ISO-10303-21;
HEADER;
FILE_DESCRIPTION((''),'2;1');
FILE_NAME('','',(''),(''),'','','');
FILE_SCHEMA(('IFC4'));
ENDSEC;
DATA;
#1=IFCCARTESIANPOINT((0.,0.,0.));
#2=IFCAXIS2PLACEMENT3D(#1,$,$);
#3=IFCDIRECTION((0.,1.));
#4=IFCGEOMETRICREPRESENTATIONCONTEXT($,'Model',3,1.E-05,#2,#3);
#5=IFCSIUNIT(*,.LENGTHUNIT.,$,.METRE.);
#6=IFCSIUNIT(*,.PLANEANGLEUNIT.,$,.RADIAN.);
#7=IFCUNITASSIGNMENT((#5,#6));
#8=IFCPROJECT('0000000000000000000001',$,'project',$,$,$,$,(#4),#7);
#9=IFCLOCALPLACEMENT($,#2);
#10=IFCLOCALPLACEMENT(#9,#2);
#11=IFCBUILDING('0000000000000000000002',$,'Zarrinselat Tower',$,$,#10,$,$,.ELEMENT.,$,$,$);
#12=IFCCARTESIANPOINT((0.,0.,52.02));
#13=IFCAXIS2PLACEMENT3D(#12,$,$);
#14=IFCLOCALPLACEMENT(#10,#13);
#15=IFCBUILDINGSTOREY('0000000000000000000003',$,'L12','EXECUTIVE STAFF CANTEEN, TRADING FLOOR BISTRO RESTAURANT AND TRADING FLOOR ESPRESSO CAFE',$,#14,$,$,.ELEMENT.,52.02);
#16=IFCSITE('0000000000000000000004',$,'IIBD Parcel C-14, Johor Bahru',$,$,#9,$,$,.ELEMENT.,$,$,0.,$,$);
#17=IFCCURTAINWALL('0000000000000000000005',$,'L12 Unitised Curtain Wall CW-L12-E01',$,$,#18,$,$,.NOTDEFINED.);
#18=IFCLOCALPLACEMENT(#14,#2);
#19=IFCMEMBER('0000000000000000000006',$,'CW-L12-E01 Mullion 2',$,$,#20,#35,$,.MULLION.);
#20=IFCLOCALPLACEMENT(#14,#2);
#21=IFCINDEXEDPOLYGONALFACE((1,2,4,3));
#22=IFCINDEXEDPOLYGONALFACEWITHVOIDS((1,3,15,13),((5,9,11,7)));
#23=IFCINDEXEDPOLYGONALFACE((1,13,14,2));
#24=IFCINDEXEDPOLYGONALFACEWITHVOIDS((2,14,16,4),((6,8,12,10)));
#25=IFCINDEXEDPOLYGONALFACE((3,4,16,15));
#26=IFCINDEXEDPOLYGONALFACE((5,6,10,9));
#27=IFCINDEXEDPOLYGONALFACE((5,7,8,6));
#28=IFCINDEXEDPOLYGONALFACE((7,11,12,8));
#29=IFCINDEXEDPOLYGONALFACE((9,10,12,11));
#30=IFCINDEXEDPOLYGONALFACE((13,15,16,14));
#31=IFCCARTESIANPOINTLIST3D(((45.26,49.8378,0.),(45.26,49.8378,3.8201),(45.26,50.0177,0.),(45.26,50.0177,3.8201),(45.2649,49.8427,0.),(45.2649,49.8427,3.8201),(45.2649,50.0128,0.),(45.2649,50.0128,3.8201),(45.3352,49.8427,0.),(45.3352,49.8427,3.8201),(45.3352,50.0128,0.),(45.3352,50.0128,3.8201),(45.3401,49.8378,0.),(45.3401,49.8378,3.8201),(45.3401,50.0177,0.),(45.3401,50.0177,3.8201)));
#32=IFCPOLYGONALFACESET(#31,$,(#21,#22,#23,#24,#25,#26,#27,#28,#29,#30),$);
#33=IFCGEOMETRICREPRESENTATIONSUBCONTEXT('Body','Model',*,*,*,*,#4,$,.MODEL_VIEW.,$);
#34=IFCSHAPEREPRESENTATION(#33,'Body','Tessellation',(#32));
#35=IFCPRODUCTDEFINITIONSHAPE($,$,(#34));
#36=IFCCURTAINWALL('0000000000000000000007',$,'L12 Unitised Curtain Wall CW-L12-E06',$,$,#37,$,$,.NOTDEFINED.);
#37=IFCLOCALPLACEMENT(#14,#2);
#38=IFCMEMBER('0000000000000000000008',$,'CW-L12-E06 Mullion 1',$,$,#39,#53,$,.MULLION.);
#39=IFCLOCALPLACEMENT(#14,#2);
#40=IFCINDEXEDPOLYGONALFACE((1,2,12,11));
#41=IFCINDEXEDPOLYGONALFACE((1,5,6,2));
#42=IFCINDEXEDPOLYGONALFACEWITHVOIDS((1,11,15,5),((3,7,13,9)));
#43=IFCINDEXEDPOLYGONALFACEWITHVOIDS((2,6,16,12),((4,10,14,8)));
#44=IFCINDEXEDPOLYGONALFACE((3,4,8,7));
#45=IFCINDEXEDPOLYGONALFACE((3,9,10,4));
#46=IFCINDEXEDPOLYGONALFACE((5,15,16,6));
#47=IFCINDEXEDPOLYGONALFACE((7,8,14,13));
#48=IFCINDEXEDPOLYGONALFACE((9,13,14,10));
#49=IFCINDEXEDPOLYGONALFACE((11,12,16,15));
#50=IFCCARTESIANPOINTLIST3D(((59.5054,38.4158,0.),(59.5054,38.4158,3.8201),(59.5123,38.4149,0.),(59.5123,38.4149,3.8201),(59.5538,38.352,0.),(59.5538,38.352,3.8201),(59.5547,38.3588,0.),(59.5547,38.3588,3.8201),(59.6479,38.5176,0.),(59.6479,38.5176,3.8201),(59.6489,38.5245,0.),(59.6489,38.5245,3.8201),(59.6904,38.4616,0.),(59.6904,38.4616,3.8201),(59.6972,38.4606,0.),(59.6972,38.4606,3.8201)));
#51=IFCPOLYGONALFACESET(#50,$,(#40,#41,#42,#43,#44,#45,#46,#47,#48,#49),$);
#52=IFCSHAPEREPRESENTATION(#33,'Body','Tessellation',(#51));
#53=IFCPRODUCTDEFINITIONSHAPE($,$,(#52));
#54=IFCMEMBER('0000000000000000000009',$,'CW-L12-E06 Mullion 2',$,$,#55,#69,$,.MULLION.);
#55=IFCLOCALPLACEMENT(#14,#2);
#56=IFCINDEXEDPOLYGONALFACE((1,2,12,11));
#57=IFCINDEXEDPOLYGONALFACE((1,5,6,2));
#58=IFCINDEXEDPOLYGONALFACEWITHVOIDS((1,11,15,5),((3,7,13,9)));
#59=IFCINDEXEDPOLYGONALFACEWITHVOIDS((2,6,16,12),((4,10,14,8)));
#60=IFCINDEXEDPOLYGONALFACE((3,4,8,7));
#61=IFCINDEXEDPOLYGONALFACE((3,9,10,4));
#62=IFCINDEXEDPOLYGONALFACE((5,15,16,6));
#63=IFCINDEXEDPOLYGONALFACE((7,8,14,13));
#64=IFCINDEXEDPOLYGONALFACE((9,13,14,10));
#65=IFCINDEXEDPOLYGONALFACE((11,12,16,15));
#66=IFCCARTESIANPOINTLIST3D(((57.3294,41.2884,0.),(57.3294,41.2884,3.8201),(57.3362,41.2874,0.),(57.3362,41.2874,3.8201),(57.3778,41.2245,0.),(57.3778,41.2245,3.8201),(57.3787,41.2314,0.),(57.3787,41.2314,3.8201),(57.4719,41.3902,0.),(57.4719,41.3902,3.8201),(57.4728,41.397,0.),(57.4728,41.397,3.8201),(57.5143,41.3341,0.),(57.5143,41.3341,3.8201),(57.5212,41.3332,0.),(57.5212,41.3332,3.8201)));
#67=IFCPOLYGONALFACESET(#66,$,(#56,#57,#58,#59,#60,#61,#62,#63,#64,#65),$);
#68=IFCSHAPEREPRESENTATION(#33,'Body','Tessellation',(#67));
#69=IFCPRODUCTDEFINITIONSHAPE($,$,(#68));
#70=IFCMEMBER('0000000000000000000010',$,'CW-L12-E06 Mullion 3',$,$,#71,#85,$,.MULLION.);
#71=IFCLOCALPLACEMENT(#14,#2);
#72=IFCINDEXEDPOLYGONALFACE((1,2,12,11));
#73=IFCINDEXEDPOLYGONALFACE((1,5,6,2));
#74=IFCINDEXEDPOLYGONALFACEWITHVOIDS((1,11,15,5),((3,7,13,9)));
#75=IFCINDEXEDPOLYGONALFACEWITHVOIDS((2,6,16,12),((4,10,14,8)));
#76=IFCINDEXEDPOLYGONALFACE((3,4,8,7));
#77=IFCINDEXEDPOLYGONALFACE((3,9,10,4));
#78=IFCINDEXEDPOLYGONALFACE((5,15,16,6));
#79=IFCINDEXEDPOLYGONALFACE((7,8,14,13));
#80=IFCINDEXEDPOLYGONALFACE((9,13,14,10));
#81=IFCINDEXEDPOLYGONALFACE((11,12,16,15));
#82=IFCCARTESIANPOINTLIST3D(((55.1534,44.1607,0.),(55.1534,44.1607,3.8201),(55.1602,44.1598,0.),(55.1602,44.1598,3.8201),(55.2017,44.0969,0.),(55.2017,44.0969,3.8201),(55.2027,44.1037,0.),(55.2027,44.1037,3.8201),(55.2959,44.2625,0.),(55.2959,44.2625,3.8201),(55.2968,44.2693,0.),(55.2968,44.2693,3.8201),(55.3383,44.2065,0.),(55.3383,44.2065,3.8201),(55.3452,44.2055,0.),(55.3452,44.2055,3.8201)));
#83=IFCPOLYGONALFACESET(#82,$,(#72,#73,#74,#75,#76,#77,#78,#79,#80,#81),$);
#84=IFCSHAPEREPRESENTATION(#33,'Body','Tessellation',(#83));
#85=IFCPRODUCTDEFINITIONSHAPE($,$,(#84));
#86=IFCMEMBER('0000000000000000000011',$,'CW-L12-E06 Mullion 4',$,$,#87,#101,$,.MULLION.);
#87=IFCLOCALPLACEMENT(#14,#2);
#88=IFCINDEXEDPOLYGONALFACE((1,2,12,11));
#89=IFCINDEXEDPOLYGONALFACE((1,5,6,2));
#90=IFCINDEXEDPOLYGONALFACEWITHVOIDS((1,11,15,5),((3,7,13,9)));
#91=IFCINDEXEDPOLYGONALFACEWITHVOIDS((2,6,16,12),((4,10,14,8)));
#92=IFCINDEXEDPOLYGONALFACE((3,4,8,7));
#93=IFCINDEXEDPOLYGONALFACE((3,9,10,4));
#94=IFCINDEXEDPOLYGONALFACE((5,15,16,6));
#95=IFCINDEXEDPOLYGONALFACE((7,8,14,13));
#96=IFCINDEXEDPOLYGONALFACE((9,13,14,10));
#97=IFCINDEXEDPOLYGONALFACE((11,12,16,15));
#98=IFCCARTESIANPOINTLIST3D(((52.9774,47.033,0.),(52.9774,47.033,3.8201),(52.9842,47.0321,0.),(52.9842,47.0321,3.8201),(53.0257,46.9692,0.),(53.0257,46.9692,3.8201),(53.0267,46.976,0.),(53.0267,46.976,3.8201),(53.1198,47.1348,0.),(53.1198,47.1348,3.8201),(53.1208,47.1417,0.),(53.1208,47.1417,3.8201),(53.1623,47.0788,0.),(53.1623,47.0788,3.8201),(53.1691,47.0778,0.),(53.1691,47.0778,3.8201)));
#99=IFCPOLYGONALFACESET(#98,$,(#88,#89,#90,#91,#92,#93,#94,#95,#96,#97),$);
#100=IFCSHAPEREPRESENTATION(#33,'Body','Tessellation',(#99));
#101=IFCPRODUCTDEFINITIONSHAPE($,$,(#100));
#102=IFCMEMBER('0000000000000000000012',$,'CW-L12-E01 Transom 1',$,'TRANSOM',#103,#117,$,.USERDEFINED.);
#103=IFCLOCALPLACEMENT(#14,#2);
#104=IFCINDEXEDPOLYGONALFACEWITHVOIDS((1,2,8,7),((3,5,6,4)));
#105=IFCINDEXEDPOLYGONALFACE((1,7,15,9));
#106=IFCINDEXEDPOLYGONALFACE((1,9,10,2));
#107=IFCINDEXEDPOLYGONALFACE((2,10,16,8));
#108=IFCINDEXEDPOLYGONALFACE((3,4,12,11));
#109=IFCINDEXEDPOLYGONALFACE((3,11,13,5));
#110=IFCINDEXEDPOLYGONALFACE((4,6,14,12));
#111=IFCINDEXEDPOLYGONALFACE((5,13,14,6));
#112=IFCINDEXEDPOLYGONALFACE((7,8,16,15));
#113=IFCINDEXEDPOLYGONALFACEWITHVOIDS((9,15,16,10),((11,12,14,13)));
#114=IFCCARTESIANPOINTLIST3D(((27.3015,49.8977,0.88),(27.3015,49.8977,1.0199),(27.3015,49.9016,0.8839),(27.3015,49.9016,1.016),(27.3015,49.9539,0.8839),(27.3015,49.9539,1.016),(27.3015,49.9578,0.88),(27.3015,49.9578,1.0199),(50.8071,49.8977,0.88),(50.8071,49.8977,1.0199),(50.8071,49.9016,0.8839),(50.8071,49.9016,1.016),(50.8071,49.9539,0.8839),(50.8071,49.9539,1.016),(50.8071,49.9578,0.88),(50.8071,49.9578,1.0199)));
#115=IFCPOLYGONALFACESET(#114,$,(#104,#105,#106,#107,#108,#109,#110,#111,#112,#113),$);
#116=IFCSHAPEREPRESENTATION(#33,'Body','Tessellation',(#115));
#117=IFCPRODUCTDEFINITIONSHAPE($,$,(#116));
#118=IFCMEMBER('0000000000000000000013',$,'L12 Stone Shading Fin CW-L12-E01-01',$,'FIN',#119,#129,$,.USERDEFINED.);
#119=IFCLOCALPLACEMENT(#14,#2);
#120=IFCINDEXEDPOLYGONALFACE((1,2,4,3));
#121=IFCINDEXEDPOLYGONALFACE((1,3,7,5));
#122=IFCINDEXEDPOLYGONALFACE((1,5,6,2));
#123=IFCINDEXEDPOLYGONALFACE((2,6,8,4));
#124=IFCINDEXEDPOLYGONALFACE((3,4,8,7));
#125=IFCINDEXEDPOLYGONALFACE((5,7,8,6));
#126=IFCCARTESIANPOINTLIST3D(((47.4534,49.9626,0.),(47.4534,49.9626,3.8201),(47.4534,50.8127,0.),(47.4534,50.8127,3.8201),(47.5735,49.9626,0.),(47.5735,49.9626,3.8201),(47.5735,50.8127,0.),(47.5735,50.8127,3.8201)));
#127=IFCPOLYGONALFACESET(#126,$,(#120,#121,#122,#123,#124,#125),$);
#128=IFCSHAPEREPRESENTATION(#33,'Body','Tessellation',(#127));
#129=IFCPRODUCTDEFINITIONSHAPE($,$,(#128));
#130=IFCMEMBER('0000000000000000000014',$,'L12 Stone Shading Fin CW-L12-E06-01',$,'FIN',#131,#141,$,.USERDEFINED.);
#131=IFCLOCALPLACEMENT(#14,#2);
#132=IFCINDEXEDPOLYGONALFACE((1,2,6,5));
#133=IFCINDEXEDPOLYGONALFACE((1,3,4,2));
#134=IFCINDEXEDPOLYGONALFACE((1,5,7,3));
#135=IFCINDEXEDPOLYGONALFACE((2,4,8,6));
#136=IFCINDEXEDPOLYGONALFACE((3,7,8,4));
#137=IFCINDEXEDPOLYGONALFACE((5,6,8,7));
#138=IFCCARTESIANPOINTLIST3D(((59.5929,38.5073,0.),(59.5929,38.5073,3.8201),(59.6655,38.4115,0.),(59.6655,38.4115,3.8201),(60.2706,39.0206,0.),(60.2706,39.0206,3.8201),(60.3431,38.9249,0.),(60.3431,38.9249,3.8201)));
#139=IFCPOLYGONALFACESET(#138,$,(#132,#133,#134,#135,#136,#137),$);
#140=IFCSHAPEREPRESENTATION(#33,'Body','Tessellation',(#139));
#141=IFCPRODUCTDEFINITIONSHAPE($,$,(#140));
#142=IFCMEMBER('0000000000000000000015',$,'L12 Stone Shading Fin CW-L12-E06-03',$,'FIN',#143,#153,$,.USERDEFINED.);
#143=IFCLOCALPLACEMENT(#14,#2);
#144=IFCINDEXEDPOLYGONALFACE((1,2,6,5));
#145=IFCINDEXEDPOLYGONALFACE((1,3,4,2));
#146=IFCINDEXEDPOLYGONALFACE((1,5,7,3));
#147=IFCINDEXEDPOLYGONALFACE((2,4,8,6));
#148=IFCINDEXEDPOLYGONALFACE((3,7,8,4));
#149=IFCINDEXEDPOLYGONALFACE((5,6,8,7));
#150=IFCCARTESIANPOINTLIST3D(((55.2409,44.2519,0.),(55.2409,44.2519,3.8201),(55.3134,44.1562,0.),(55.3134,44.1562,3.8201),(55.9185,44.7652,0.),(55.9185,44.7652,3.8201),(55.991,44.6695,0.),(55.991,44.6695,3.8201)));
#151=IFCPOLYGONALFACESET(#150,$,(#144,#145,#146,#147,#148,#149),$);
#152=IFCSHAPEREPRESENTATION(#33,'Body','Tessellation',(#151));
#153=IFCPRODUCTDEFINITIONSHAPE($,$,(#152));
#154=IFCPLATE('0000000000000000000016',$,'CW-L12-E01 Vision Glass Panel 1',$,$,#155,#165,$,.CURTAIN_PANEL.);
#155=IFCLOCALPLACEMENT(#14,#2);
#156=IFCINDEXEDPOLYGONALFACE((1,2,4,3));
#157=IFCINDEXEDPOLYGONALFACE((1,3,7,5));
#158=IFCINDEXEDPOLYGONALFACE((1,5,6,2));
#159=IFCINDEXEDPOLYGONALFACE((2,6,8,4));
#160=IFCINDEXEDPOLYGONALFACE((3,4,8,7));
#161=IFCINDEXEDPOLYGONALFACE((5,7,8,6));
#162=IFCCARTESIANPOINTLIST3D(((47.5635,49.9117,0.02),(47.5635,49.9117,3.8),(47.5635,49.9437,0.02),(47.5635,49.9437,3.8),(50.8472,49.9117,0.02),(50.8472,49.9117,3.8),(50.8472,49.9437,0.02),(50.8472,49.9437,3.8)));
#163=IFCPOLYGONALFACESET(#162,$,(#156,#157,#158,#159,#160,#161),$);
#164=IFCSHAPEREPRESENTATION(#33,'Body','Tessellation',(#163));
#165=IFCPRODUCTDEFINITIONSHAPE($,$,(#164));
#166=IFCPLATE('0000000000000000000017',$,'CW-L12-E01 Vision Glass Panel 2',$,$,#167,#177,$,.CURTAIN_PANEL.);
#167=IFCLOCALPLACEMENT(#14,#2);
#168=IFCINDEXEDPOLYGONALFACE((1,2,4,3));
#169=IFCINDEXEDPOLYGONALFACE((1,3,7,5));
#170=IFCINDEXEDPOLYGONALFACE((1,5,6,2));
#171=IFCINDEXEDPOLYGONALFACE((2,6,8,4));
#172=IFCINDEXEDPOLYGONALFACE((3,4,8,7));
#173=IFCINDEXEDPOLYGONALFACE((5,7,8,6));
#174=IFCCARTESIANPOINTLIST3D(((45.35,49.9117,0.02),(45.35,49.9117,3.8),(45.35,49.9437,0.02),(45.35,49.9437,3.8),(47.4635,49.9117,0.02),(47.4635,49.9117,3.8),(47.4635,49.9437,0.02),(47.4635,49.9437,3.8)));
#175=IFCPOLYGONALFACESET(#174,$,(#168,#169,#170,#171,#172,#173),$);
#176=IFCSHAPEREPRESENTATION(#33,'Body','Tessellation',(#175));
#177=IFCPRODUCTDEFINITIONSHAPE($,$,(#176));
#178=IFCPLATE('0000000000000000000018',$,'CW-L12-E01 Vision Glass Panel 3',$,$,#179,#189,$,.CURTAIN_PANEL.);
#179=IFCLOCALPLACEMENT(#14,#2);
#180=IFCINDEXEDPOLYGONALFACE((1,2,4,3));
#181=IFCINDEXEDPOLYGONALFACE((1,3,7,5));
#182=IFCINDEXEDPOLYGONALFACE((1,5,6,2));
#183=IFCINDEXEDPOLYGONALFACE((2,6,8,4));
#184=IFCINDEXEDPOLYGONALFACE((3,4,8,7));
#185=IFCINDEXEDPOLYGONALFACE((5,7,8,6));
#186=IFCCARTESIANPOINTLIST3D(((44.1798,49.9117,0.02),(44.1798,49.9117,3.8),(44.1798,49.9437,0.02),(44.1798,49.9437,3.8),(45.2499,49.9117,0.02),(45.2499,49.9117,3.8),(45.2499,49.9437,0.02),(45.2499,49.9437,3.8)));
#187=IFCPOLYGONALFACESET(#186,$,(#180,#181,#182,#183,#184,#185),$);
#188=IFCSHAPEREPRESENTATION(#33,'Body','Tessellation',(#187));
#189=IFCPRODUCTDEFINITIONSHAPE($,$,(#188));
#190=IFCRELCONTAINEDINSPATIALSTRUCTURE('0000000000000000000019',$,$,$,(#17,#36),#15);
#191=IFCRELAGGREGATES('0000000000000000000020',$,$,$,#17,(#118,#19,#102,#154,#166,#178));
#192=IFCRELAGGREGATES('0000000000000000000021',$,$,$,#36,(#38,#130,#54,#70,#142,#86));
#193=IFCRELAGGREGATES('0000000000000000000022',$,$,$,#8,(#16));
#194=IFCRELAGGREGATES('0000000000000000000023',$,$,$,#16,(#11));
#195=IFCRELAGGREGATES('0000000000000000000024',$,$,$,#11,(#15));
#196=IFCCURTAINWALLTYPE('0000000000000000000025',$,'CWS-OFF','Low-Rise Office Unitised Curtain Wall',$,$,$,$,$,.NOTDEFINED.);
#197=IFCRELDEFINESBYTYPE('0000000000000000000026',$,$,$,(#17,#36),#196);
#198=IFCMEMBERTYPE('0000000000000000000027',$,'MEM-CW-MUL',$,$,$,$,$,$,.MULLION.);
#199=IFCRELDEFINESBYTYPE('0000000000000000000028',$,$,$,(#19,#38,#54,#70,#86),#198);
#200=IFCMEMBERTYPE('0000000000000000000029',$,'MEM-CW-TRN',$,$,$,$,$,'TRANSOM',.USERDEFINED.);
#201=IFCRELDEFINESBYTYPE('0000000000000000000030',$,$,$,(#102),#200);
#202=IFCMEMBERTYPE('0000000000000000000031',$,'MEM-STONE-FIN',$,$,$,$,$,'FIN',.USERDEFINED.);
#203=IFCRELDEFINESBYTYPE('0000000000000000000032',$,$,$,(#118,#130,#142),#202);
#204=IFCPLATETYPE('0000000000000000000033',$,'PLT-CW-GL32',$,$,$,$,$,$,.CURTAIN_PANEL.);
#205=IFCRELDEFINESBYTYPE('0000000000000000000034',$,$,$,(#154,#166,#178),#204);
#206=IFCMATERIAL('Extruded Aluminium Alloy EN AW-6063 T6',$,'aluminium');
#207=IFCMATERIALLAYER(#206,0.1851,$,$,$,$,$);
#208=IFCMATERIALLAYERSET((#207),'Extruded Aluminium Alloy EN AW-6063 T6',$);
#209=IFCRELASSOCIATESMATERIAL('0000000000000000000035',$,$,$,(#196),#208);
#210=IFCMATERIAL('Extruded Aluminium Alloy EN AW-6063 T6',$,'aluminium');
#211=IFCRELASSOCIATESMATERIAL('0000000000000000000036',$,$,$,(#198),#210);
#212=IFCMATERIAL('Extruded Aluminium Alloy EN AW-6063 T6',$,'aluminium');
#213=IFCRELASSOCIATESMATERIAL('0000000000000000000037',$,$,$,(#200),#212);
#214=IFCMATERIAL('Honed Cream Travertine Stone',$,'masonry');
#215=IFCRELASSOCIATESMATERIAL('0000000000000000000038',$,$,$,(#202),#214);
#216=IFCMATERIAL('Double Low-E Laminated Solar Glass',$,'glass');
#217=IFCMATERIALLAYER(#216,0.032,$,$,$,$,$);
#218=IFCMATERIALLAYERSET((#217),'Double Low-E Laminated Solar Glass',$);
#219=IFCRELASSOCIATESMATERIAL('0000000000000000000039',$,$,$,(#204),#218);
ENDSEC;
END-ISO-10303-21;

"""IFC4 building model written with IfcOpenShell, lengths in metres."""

from ifc_helpers import new_model, si_unit, direction, frame, origin, origin_2d, place, context, subcontext, project, spatial, rectangle, hollow_rectangle, extrude, material, layer, layer_set, material_profile, profile_set, type_object, element, aggregate, save


model = new_model("IFC4")

# Units and contexts
model_context = context("Model", 3, precision=1e-05, world=origin(), true_north=direction((0.0, 1.0)))
body_context = subcontext(model_context, "Body", "Model", "MODEL_VIEW")
ifc_project = project(units=[si_unit("LENGTHUNIT", "METRE"), si_unit("PLANEANGLEUNIT", "RADIAN")], contexts=[model_context])

# Site, building, storey
site_placement = place(None, origin())
site = spatial("IfcSite", under=ifc_project, at=site_placement, Name="IIBD Parcel C-14, Johor Bahru", CompositionType="ELEMENT", RefElevation=0.0)
building_placement = place(site_placement, origin())
building = spatial("IfcBuilding", under=site, at=building_placement, Name="Zarrinselat Tower", CompositionType="ELEMENT")
storey_placement = place(building_placement, frame((0.0, 0.0, 52.02)))
storey = spatial("IfcBuildingStorey", under=building, at=storey_placement, Name="L12", Description="EXECUTIVE STAFF CANTEEN, TRADING FLOOR BISTRO RESTAURANT AND TRADING FLOOR ESPRESSO CAFE", CompositionType="ELEMENT", Elevation=52.02)

# Curtain walls, members
ifc_material_1 = material(Name="Extruded Aluminium Alloy EN AW-6063 T6", Category="aluminium")
ifc_layer_1 = layer(ifc_material_1, 0.1851)
ifc_layer_set_1 = layer_set([ifc_layer_1], Name="Extruded Aluminium Alloy EN AW-6063 T6")
curtain_wall_type = type_object("IfcCurtainWallType", Name="CWS-OFF", Description="Low-Rise Office Unitised Curtain Wall", PredefinedType="NOTDEFINED", material=ifc_layer_set_1)
curtain_wall_1_placement = place(storey_placement, origin())
curtain_wall_1 = element("IfcCurtainWall", 1, at=curtain_wall_1_placement, inside=storey, type_object=curtain_wall_type, Name="L12 Unitised Curtain Wall CW-L12-E01", PredefinedType="NOTDEFINED")
ifc_material_2 = material(Name="Extruded Aluminium Alloy EN AW-6063 T6", Category="aluminium")
ifc_material_profile_1 = material_profile(ifc_material_2, hollow_rectangle(XDim=0.0801, YDim=0.1799, WallThickness=0.0049, at=origin_2d()), Name="RHS 180x80x5")
ifc_profile_set_1 = profile_set([ifc_material_profile_1], Name="Extruded Aluminium Alloy EN AW-6063 T6")
member_type_1 = type_object("IfcMemberType", Name="MEM-CW-MUL", PredefinedType="MULLION", material=ifc_profile_set_1)
member_1_placement = place(storey_placement, frame((45.3, 49.9277, 0.0), z_axis=(0.0, 0.0, 1.0), x_axis=(-1.0, 0.0, 0.0)))
member_1 = element("IfcMember", 2, at=member_1_placement, type_object=member_type_1, Name="CW-L12-E01 Mullion 2", PredefinedType="MULLION", context=body_context, shape_type="SweptSolid", body=[
    extrude(hollow_rectangle(XDim=0.0801, YDim=0.1799, WallThickness=0.0049, at=origin_2d()), origin(), (0.0, 0.0, 1.0), 3.8201),
])
curtain_wall_2_placement = place(storey_placement, origin())
curtain_wall_2 = element("IfcCurtainWall", 3, at=curtain_wall_2_placement, inside=storey, type_object=curtain_wall_type, Name="L12 Unitised Curtain Wall CW-L12-E06", PredefinedType="NOTDEFINED")
member_2_placement = place(storey_placement, frame((59.6013, 38.4382, 0.0), z_axis=(0.0, 0.0, 1.0), x_axis=(-0.603857, 0.797093, 0.0)))
member_2 = element("IfcMember", 4, at=member_2_placement, type_object=member_type_1, Name="CW-L12-E06 Mullion 1", PredefinedType="MULLION", context=body_context, shape_type="SweptSolid", body=[
    extrude(hollow_rectangle(XDim=0.0801, YDim=0.1799, WallThickness=0.0049, at=origin_2d()), origin(), (0.0, 0.0, 1.0), 3.8201),
])
member_3_placement = place(storey_placement, frame((57.4253, 41.3108, 0.0), z_axis=(0.0, 0.0, 1.0), x_axis=(-0.603857, 0.797093, 0.0)))
member_3 = element("IfcMember", 5, at=member_3_placement, type_object=member_type_1, Name="CW-L12-E06 Mullion 2", PredefinedType="MULLION", context=body_context, shape_type="SweptSolid", body=[
    extrude(hollow_rectangle(XDim=0.0801, YDim=0.1799, WallThickness=0.0049, at=origin_2d()), origin(), (0.0, 0.0, 1.0), 3.8201),
])
member_4_placement = place(storey_placement, frame((55.2493, 44.1831, 0.0), z_axis=(0.0, 0.0, 1.0), x_axis=(-0.603857, 0.797093, 0.0)))
member_4 = element("IfcMember", 6, at=member_4_placement, type_object=member_type_1, Name="CW-L12-E06 Mullion 3", PredefinedType="MULLION", context=body_context, shape_type="SweptSolid", body=[
    extrude(hollow_rectangle(XDim=0.0801, YDim=0.1799, WallThickness=0.0049, at=origin_2d()), origin(), (0.0, 0.0, 1.0), 3.8201),
])
member_5_placement = place(storey_placement, frame((53.0732, 47.0554, 0.0), z_axis=(0.0, 0.0, 1.0), x_axis=(-0.603857, 0.797093, 0.0)))
member_5 = element("IfcMember", 7, at=member_5_placement, type_object=member_type_1, Name="CW-L12-E06 Mullion 4", PredefinedType="MULLION", context=body_context, shape_type="SweptSolid", body=[
    extrude(hollow_rectangle(XDim=0.0801, YDim=0.1799, WallThickness=0.0049, at=origin_2d()), origin(), (0.0, 0.0, 1.0), 3.8201),
])

# Members
ifc_material_3 = material(Name="Extruded Aluminium Alloy EN AW-6063 T6", Category="aluminium")
ifc_material_profile_2 = material_profile(ifc_material_3, hollow_rectangle(XDim=0.0601, YDim=0.1399, WallThickness=0.0039, at=origin_2d()), Name="RHS 140x60x4")
ifc_profile_set_2 = profile_set([ifc_material_profile_2], Name="Extruded Aluminium Alloy EN AW-6063 T6")
member_type_2 = type_object("IfcMemberType", Name="MEM-CW-TRN", ElementType="TRANSOM", PredefinedType="USERDEFINED", material=ifc_profile_set_2)
member_6_placement = place(storey_placement, frame((50.8071, 49.9277, 0.95), z_axis=(-1.0, 0.0, 0.0), x_axis=(0.0, -1.0, 0.0)))
member_6 = element("IfcMember", 8, at=member_6_placement, type_object=member_type_2, Name="CW-L12-E01 Transom 1", ObjectType="TRANSOM", PredefinedType="USERDEFINED", context=body_context, shape_type="SweptSolid", body=[
    extrude(hollow_rectangle(XDim=0.0601, YDim=0.1399, WallThickness=0.0039, at=origin_2d()), origin(), (0.0, 0.0, 1.0), 23.5056),
])
ifc_material_4 = material(Name="Honed Cream Travertine Stone", Category="masonry")
ifc_material_profile_3 = material_profile(ifc_material_4, rectangle(XDim=0.1201, YDim=0.8501, at=origin_2d()), Name="FIN 850x120")
ifc_profile_set_3 = profile_set([ifc_material_profile_3], Name="Honed Cream Travertine Stone")
member_type_3 = type_object("IfcMemberType", Name="MEM-STONE-FIN", ElementType="FIN", PredefinedType="USERDEFINED", material=ifc_profile_set_3)
member_7_placement = place(storey_placement, frame((47.5134, 50.3877, 0.0), z_axis=(0.0, 0.0, 1.0), x_axis=(1.0, 0.0, 0.0)))
member_7 = element("IfcMember", 9, at=member_7_placement, type_object=member_type_3, Name="L12 Stone Shading Fin CW-L12-E01-01", ObjectType="FIN", PredefinedType="USERDEFINED", context=body_context, shape_type="SweptSolid", body=[
    extrude(rectangle(XDim=0.1201, YDim=0.8501, at=origin_2d()), origin(), (0.0, 0.0, 1.0), 3.8201),
])
member_8_placement = place(storey_placement, frame((59.968, 38.7161, 0.0), z_axis=(0.0, 0.0, 1.0), x_axis=(0.603857, -0.797093, 0.0)))
member_8 = element("IfcMember", 10, at=member_8_placement, type_object=member_type_3, Name="L12 Stone Shading Fin CW-L12-E06-01", ObjectType="FIN", PredefinedType="USERDEFINED", context=body_context, shape_type="SweptSolid", body=[
    extrude(rectangle(XDim=0.1201, YDim=0.8501, at=origin_2d()), origin(), (0.0, 0.0, 1.0), 3.8201),
])
member_9_placement = place(storey_placement, frame((55.616, 44.4607, 0.0), z_axis=(0.0, 0.0, 1.0), x_axis=(0.603857, -0.797093, 0.0)))
member_9 = element("IfcMember", 11, at=member_9_placement, type_object=member_type_3, Name="L12 Stone Shading Fin CW-L12-E06-03", ObjectType="FIN", PredefinedType="USERDEFINED", context=body_context, shape_type="SweptSolid", body=[
    extrude(rectangle(XDim=0.1201, YDim=0.8501, at=origin_2d()), origin(), (0.0, 0.0, 1.0), 3.8201),
])

# Plates
ifc_material_5 = material(Name="Double Low-E Laminated Solar Glass", Category="glass")
ifc_layer_2 = layer(ifc_material_5, 0.032)
ifc_layer_set_2 = layer_set([ifc_layer_2], Name="Double Low-E Laminated Solar Glass")
plate_type = type_object("IfcPlateType", Name="PLT-CW-GL32", PredefinedType="CURTAIN_PANEL", material=ifc_layer_set_2)
plate_1_placement = place(storey_placement, frame((49.2053, 49.9277, 0.02), z_axis=(0.0, 0.0, 1.0), x_axis=(-1.0, 0.0, 0.0)))
plate_1 = element("IfcPlate", 12, at=plate_1_placement, type_object=plate_type, Name="CW-L12-E01 Vision Glass Panel 1", PredefinedType="CURTAIN_PANEL", context=body_context, shape_type="SweptSolid", body=[
    extrude(rectangle(XDim=3.2837, YDim=0.032, at=origin_2d()), origin(), (0.0, 0.0, 1.0), 3.78),
])
plate_2_placement = place(storey_placement, frame((46.4067, 49.9277, 0.02), z_axis=(0.0, 0.0, 1.0), x_axis=(-1.0, 0.0, 0.0)))
plate_2 = element("IfcPlate", 13, at=plate_2_placement, type_object=plate_type, Name="CW-L12-E01 Vision Glass Panel 2", PredefinedType="CURTAIN_PANEL", context=body_context, shape_type="SweptSolid", body=[
    extrude(rectangle(XDim=2.1135, YDim=0.032, at=origin_2d()), origin(), (0.0, 0.0, 1.0), 3.78),
])
plate_3_placement = place(storey_placement, frame((44.7148, 49.9277, 0.02), z_axis=(0.0, 0.0, 1.0), x_axis=(-1.0, 0.0, 0.0)))
plate_3 = element("IfcPlate", 14, at=plate_3_placement, type_object=plate_type, Name="CW-L12-E01 Vision Glass Panel 3", PredefinedType="CURTAIN_PANEL", context=body_context, shape_type="SweptSolid", body=[
    extrude(rectangle(XDim=1.0701, YDim=0.032, at=origin_2d()), origin(), (0.0, 0.0, 1.0), 3.78),
])
aggregate(curtain_wall_1, [member_7, member_1, member_6, plate_1, plate_2, plate_3])
aggregate(curtain_wall_2, [member_2, member_8, member_3, member_4, member_9, member_5])

save(model, "model.ifc")
